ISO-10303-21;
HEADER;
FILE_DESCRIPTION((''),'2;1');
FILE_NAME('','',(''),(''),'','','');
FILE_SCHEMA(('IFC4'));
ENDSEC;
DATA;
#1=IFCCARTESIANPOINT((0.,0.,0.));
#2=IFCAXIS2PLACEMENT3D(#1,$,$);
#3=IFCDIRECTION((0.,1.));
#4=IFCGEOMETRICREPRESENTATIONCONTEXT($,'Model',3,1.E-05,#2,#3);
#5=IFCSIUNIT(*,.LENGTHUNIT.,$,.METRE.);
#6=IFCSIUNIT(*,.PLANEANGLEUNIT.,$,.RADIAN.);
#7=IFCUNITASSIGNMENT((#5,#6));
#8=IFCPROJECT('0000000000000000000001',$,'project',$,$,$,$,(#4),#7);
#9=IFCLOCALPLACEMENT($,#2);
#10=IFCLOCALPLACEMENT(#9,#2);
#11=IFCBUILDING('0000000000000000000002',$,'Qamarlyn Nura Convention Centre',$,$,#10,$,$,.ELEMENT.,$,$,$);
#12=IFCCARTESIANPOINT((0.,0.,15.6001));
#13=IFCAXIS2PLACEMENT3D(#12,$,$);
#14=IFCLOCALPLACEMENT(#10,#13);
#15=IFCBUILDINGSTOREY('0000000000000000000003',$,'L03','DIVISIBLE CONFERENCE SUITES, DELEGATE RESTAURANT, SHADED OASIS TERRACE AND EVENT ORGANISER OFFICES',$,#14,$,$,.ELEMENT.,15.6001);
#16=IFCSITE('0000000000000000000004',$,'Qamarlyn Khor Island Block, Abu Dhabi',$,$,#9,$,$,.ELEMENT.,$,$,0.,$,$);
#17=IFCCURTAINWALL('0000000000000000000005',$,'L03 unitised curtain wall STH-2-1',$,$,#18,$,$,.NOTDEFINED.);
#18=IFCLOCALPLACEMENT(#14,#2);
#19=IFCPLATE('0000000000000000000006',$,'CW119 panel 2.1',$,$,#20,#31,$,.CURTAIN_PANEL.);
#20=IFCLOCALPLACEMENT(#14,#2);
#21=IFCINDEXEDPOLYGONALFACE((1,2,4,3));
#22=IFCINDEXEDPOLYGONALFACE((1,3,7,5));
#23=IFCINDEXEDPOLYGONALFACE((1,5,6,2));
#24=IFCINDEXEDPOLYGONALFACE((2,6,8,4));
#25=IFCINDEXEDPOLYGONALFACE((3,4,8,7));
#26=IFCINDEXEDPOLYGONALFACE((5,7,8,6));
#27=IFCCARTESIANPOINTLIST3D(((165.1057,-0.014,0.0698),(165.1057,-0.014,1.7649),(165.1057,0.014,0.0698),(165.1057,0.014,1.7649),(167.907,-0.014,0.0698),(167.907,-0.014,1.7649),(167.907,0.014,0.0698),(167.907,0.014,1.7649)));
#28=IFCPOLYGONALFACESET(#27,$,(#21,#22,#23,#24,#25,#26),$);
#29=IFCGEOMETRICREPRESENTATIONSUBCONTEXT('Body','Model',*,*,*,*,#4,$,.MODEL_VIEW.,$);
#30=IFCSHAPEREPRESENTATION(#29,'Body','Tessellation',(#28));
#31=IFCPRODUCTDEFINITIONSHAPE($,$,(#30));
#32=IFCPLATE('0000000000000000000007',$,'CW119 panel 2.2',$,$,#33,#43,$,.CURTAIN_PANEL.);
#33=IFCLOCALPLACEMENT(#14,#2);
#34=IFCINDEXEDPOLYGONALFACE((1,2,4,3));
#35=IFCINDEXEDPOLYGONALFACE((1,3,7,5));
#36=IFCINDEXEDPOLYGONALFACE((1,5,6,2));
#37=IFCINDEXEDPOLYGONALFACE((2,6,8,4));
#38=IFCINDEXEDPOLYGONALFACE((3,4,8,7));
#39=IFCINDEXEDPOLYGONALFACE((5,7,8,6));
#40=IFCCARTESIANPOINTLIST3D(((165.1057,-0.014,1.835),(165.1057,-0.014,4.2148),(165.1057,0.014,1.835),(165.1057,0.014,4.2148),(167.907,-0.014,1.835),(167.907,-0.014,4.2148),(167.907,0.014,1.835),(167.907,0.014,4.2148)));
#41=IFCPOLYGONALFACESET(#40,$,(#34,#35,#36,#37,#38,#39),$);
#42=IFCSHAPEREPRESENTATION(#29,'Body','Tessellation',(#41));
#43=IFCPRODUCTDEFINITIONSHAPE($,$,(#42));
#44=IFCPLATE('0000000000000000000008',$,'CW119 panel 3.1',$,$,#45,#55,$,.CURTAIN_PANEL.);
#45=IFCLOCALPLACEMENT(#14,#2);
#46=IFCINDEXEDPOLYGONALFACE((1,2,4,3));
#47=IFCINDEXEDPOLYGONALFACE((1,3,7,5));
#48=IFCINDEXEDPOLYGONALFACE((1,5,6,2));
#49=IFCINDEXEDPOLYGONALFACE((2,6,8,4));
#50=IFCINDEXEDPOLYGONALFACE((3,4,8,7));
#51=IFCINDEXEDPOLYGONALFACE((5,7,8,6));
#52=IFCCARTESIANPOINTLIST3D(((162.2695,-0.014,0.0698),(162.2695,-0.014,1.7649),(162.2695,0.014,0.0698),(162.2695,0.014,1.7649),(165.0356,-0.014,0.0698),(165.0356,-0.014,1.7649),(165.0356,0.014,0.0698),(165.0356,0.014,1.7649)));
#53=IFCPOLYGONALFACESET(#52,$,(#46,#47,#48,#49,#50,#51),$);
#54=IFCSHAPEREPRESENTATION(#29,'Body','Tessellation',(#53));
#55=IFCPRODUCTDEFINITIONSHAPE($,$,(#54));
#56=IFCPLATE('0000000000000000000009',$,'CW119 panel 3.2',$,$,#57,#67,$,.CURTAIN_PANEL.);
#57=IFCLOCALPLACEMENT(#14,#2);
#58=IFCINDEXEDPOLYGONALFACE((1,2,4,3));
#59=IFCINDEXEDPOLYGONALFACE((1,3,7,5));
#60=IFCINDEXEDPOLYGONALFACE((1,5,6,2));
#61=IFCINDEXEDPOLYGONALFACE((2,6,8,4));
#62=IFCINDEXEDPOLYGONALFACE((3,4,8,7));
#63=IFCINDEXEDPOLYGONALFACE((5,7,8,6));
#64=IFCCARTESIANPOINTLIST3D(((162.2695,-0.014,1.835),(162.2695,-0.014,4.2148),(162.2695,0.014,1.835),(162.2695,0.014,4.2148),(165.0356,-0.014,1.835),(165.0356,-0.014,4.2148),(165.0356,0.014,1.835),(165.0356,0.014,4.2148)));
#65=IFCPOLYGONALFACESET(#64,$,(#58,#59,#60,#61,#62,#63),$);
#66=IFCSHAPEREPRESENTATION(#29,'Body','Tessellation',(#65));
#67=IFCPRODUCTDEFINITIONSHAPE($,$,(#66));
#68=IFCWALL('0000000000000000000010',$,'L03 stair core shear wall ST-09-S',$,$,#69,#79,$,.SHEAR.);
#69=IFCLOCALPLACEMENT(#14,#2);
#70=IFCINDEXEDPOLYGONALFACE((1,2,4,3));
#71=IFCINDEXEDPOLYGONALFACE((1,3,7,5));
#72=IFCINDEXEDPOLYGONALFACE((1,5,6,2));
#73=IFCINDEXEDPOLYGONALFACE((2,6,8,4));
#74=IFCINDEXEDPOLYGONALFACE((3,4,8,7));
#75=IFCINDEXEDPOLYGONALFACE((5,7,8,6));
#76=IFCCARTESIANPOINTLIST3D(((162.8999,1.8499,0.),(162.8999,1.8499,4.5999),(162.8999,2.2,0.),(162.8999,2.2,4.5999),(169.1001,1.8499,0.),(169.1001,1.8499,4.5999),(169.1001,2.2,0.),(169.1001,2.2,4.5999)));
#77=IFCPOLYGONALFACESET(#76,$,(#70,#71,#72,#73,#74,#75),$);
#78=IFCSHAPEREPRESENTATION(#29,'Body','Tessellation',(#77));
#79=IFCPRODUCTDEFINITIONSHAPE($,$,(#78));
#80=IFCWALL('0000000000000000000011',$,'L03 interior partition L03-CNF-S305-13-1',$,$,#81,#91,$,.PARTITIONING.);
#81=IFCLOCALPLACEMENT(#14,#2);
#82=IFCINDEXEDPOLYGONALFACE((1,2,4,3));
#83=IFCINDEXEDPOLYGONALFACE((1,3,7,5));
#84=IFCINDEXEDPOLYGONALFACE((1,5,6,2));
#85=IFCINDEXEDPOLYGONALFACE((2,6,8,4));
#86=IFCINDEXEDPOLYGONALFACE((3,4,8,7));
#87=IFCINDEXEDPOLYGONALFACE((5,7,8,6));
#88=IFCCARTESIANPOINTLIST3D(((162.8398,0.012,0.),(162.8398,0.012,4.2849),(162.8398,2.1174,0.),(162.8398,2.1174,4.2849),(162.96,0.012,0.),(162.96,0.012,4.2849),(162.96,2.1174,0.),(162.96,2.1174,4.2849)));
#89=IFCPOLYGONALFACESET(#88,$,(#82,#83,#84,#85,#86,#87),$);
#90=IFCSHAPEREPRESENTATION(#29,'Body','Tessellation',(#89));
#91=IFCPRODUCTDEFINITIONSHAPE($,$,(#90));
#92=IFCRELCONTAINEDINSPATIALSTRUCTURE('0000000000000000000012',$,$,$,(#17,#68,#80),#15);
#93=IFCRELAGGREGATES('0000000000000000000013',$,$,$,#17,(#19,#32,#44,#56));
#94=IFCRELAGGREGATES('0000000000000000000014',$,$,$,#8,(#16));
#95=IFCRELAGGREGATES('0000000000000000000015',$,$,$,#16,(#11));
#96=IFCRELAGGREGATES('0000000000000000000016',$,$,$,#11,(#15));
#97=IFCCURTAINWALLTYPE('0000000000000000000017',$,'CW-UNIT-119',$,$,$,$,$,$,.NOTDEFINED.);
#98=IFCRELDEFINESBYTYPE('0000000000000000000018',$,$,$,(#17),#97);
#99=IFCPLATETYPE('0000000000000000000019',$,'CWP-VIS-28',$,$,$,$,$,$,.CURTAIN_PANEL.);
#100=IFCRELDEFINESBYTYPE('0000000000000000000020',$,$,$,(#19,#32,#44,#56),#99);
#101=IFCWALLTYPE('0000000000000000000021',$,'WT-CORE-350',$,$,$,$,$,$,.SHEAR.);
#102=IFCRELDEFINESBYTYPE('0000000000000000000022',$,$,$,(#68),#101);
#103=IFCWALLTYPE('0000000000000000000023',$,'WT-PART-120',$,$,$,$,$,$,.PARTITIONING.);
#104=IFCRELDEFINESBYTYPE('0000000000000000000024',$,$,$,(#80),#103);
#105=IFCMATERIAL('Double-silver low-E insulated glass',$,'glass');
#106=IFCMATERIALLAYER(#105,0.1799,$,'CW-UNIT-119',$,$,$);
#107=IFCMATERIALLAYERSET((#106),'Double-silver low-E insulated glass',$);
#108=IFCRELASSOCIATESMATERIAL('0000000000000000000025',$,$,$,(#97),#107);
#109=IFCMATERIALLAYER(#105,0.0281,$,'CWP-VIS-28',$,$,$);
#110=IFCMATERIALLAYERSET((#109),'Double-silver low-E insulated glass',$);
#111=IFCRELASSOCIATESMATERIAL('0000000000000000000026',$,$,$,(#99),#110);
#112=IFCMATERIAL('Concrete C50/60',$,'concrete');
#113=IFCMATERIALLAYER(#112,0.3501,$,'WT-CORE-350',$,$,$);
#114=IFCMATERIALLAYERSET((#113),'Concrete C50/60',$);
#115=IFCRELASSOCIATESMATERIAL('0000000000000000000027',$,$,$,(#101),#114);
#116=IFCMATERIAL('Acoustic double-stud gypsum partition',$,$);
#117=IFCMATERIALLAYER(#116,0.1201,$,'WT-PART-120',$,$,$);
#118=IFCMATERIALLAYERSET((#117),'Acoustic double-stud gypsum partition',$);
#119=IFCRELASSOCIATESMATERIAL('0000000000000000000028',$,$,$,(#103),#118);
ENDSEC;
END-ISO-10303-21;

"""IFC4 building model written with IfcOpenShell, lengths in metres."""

from ifc_helpers import new_model, si_unit, direction, frame, frame_2d, origin, origin_2d, place, context, subcontext, project, spatial, rectangle, extrude, material, layer, layer_set, type_object, element, aggregate, save


model = new_model("IFC4")

# Units and contexts
model_context = context("Model", 3, precision=1e-05, world=origin(), true_north=direction((0.0, 1.0)))
body_context = subcontext(model_context, "Body", "Model", "MODEL_VIEW")
ifc_project = project(units=[si_unit("LENGTHUNIT", "METRE"), si_unit("PLANEANGLEUNIT", "RADIAN")], contexts=[model_context])

# Site, building, storey
site_placement = place(None, origin())
site = spatial("IfcSite", under=ifc_project, at=site_placement, Name="Qamarlyn Khor Island Block, Abu Dhabi", CompositionType="ELEMENT", RefElevation=0.0)
building_placement = place(site_placement, origin())
building = spatial("IfcBuilding", under=site, at=building_placement, Name="Qamarlyn Nura Convention Centre", CompositionType="ELEMENT")
storey_placement = place(building_placement, frame((0.0, 0.0, 15.6001)))
storey = spatial("IfcBuildingStorey", under=building, at=storey_placement, Name="L03", Description="DIVISIBLE CONFERENCE SUITES, DELEGATE RESTAURANT, SHADED OASIS TERRACE AND EVENT ORGANISER OFFICES", CompositionType="ELEMENT", Elevation=15.6001)

# Curtain wall
ifc_material_1 = material(Name="Double-silver low-E insulated glass", Category="glass")
ifc_layer_1 = layer(ifc_material_1, 0.1799, Name="CW-UNIT-119")
ifc_layer_set_1 = layer_set([ifc_layer_1], Name="Double-silver low-E insulated glass")
curtain_wall_type_1 = type_object("IfcCurtainWallType", Name="CW-UNIT-119", PredefinedType="NOTDEFINED", material=ifc_layer_set_1)
curtain_wall_1_placement = place(storey_placement, origin())
curtain_wall_1 = element("IfcCurtainWall", 1, at=curtain_wall_1_placement, inside=storey, type_object=curtain_wall_type_1, Name="L03 unitised curtain wall STH-2-1", PredefinedType="NOTDEFINED")

# Plates
ifc_layer_2 = layer(ifc_material_1, 0.0281, Name="CWP-VIS-28")
ifc_layer_set_2 = layer_set([ifc_layer_2], Name="Double-silver low-E insulated glass")
plate_type = type_object("IfcPlateType", Name="CWP-VIS-28", PredefinedType="CURTAIN_PANEL", material=ifc_layer_set_2)
plate_1_placement = place(storey_placement, frame((166.5063, 0.0, 0.0698), z_axis=(0.0, 0.0, 1.0), x_axis=(-1.0, 0.0, 0.0)))
plate_1 = element("IfcPlate", 2, at=plate_1_placement, type_object=plate_type, Name="CW119 panel 2.1", PredefinedType="CURTAIN_PANEL", context=body_context, shape_type="SweptSolid", body=[
    extrude(rectangle(XDim=2.8013, YDim=0.0281, at=origin_2d()), origin(), (0.0, 0.0, 1.0), 1.6951),
])
plate_2_placement = place(storey_placement, frame((166.5063, 0.0, 1.835), z_axis=(0.0, 0.0, 1.0), x_axis=(-1.0, 0.0, 0.0)))
plate_2 = element("IfcPlate", 3, at=plate_2_placement, type_object=plate_type, Name="CW119 panel 2.2", PredefinedType="CURTAIN_PANEL", context=body_context, shape_type="SweptSolid", body=[
    extrude(rectangle(XDim=2.8013, YDim=0.0281, at=origin_2d()), origin(), (0.0, 0.0, 1.0), 2.3799),
])
plate_3_placement = place(storey_placement, frame((163.6526, 0.0, 0.0698), z_axis=(0.0, 0.0, 1.0), x_axis=(-1.0, 0.0, 0.0)))
plate_3 = element("IfcPlate", 4, at=plate_3_placement, type_object=plate_type, Name="CW119 panel 3.1", PredefinedType="CURTAIN_PANEL", context=body_context, shape_type="SweptSolid", body=[
    extrude(rectangle(XDim=2.7661, YDim=0.0281, at=origin_2d()), origin(), (0.0, 0.0, 1.0), 1.6951),
])
plate_4_placement = place(storey_placement, frame((163.6526, 0.0, 1.835), z_axis=(0.0, 0.0, 1.0), x_axis=(-1.0, 0.0, 0.0)))
plate_4 = element("IfcPlate", 5, at=plate_4_placement, type_object=plate_type, Name="CW119 panel 3.2", PredefinedType="CURTAIN_PANEL", context=body_context, shape_type="SweptSolid", body=[
    extrude(rectangle(XDim=2.7661, YDim=0.0281, at=origin_2d()), origin(), (0.0, 0.0, 1.0), 2.3799),
])
aggregate(curtain_wall_1, [plate_1, plate_2, plate_3, plate_4])

# Walls
ifc_material_2 = material(Name="Concrete C50/60", Category="concrete")
ifc_layer_3 = layer(ifc_material_2, 0.3501, Name="WT-CORE-350")
ifc_layer_set_3 = layer_set([ifc_layer_3], Name="Concrete C50/60")
wall_type_1 = type_object("IfcWallType", Name="WT-CORE-350", PredefinedType="SHEAR", material=ifc_layer_set_3)
wall_1_placement = place(storey_placement, frame((162.8999, 2.0249, 0.0), z_axis=(0.0, 0.0, 1.0), x_axis=(1.0, 0.0, 0.0)))
element("IfcWall", 6, at=wall_1_placement, inside=storey, type_object=wall_type_1, Name="L03 stair core shear wall ST-09-S", PredefinedType="SHEAR", context=body_context, shape_type="SweptSolid", body=[
    extrude(rectangle(XDim=6.2002, YDim=0.3501, at=frame_2d((3.1001, 0.0))), origin(), (0.0, 0.0, 1.0), 4.5999),
])
ifc_material_3 = material(Name="Acoustic double-stud gypsum partition")
ifc_layer_4 = layer(ifc_material_3, 0.1201, Name="WT-PART-120")
ifc_layer_set_4 = layer_set([ifc_layer_4], Name="Acoustic double-stud gypsum partition")
wall_type_2 = type_object("IfcWallType", Name="WT-PART-120", PredefinedType="PARTITIONING", material=ifc_layer_set_4)
wall_2_placement = place(storey_placement, frame((162.8999, 2.1174, 0.0), z_axis=(0.0, 0.0, 1.0), x_axis=(0.0, -1.0, 0.0)))
element("IfcWall", 7, at=wall_2_placement, inside=storey, type_object=wall_type_2, Name="L03 interior partition L03-CNF-S305-13-1", PredefinedType="PARTITIONING", context=body_context, shape_type="SweptSolid", body=[
    extrude(rectangle(XDim=2.1055, YDim=0.1201, at=frame_2d((1.0527, 0.0))), origin(), (0.0, 0.0, 1.0), 4.2849),
])

save(model, "model.ifc")
